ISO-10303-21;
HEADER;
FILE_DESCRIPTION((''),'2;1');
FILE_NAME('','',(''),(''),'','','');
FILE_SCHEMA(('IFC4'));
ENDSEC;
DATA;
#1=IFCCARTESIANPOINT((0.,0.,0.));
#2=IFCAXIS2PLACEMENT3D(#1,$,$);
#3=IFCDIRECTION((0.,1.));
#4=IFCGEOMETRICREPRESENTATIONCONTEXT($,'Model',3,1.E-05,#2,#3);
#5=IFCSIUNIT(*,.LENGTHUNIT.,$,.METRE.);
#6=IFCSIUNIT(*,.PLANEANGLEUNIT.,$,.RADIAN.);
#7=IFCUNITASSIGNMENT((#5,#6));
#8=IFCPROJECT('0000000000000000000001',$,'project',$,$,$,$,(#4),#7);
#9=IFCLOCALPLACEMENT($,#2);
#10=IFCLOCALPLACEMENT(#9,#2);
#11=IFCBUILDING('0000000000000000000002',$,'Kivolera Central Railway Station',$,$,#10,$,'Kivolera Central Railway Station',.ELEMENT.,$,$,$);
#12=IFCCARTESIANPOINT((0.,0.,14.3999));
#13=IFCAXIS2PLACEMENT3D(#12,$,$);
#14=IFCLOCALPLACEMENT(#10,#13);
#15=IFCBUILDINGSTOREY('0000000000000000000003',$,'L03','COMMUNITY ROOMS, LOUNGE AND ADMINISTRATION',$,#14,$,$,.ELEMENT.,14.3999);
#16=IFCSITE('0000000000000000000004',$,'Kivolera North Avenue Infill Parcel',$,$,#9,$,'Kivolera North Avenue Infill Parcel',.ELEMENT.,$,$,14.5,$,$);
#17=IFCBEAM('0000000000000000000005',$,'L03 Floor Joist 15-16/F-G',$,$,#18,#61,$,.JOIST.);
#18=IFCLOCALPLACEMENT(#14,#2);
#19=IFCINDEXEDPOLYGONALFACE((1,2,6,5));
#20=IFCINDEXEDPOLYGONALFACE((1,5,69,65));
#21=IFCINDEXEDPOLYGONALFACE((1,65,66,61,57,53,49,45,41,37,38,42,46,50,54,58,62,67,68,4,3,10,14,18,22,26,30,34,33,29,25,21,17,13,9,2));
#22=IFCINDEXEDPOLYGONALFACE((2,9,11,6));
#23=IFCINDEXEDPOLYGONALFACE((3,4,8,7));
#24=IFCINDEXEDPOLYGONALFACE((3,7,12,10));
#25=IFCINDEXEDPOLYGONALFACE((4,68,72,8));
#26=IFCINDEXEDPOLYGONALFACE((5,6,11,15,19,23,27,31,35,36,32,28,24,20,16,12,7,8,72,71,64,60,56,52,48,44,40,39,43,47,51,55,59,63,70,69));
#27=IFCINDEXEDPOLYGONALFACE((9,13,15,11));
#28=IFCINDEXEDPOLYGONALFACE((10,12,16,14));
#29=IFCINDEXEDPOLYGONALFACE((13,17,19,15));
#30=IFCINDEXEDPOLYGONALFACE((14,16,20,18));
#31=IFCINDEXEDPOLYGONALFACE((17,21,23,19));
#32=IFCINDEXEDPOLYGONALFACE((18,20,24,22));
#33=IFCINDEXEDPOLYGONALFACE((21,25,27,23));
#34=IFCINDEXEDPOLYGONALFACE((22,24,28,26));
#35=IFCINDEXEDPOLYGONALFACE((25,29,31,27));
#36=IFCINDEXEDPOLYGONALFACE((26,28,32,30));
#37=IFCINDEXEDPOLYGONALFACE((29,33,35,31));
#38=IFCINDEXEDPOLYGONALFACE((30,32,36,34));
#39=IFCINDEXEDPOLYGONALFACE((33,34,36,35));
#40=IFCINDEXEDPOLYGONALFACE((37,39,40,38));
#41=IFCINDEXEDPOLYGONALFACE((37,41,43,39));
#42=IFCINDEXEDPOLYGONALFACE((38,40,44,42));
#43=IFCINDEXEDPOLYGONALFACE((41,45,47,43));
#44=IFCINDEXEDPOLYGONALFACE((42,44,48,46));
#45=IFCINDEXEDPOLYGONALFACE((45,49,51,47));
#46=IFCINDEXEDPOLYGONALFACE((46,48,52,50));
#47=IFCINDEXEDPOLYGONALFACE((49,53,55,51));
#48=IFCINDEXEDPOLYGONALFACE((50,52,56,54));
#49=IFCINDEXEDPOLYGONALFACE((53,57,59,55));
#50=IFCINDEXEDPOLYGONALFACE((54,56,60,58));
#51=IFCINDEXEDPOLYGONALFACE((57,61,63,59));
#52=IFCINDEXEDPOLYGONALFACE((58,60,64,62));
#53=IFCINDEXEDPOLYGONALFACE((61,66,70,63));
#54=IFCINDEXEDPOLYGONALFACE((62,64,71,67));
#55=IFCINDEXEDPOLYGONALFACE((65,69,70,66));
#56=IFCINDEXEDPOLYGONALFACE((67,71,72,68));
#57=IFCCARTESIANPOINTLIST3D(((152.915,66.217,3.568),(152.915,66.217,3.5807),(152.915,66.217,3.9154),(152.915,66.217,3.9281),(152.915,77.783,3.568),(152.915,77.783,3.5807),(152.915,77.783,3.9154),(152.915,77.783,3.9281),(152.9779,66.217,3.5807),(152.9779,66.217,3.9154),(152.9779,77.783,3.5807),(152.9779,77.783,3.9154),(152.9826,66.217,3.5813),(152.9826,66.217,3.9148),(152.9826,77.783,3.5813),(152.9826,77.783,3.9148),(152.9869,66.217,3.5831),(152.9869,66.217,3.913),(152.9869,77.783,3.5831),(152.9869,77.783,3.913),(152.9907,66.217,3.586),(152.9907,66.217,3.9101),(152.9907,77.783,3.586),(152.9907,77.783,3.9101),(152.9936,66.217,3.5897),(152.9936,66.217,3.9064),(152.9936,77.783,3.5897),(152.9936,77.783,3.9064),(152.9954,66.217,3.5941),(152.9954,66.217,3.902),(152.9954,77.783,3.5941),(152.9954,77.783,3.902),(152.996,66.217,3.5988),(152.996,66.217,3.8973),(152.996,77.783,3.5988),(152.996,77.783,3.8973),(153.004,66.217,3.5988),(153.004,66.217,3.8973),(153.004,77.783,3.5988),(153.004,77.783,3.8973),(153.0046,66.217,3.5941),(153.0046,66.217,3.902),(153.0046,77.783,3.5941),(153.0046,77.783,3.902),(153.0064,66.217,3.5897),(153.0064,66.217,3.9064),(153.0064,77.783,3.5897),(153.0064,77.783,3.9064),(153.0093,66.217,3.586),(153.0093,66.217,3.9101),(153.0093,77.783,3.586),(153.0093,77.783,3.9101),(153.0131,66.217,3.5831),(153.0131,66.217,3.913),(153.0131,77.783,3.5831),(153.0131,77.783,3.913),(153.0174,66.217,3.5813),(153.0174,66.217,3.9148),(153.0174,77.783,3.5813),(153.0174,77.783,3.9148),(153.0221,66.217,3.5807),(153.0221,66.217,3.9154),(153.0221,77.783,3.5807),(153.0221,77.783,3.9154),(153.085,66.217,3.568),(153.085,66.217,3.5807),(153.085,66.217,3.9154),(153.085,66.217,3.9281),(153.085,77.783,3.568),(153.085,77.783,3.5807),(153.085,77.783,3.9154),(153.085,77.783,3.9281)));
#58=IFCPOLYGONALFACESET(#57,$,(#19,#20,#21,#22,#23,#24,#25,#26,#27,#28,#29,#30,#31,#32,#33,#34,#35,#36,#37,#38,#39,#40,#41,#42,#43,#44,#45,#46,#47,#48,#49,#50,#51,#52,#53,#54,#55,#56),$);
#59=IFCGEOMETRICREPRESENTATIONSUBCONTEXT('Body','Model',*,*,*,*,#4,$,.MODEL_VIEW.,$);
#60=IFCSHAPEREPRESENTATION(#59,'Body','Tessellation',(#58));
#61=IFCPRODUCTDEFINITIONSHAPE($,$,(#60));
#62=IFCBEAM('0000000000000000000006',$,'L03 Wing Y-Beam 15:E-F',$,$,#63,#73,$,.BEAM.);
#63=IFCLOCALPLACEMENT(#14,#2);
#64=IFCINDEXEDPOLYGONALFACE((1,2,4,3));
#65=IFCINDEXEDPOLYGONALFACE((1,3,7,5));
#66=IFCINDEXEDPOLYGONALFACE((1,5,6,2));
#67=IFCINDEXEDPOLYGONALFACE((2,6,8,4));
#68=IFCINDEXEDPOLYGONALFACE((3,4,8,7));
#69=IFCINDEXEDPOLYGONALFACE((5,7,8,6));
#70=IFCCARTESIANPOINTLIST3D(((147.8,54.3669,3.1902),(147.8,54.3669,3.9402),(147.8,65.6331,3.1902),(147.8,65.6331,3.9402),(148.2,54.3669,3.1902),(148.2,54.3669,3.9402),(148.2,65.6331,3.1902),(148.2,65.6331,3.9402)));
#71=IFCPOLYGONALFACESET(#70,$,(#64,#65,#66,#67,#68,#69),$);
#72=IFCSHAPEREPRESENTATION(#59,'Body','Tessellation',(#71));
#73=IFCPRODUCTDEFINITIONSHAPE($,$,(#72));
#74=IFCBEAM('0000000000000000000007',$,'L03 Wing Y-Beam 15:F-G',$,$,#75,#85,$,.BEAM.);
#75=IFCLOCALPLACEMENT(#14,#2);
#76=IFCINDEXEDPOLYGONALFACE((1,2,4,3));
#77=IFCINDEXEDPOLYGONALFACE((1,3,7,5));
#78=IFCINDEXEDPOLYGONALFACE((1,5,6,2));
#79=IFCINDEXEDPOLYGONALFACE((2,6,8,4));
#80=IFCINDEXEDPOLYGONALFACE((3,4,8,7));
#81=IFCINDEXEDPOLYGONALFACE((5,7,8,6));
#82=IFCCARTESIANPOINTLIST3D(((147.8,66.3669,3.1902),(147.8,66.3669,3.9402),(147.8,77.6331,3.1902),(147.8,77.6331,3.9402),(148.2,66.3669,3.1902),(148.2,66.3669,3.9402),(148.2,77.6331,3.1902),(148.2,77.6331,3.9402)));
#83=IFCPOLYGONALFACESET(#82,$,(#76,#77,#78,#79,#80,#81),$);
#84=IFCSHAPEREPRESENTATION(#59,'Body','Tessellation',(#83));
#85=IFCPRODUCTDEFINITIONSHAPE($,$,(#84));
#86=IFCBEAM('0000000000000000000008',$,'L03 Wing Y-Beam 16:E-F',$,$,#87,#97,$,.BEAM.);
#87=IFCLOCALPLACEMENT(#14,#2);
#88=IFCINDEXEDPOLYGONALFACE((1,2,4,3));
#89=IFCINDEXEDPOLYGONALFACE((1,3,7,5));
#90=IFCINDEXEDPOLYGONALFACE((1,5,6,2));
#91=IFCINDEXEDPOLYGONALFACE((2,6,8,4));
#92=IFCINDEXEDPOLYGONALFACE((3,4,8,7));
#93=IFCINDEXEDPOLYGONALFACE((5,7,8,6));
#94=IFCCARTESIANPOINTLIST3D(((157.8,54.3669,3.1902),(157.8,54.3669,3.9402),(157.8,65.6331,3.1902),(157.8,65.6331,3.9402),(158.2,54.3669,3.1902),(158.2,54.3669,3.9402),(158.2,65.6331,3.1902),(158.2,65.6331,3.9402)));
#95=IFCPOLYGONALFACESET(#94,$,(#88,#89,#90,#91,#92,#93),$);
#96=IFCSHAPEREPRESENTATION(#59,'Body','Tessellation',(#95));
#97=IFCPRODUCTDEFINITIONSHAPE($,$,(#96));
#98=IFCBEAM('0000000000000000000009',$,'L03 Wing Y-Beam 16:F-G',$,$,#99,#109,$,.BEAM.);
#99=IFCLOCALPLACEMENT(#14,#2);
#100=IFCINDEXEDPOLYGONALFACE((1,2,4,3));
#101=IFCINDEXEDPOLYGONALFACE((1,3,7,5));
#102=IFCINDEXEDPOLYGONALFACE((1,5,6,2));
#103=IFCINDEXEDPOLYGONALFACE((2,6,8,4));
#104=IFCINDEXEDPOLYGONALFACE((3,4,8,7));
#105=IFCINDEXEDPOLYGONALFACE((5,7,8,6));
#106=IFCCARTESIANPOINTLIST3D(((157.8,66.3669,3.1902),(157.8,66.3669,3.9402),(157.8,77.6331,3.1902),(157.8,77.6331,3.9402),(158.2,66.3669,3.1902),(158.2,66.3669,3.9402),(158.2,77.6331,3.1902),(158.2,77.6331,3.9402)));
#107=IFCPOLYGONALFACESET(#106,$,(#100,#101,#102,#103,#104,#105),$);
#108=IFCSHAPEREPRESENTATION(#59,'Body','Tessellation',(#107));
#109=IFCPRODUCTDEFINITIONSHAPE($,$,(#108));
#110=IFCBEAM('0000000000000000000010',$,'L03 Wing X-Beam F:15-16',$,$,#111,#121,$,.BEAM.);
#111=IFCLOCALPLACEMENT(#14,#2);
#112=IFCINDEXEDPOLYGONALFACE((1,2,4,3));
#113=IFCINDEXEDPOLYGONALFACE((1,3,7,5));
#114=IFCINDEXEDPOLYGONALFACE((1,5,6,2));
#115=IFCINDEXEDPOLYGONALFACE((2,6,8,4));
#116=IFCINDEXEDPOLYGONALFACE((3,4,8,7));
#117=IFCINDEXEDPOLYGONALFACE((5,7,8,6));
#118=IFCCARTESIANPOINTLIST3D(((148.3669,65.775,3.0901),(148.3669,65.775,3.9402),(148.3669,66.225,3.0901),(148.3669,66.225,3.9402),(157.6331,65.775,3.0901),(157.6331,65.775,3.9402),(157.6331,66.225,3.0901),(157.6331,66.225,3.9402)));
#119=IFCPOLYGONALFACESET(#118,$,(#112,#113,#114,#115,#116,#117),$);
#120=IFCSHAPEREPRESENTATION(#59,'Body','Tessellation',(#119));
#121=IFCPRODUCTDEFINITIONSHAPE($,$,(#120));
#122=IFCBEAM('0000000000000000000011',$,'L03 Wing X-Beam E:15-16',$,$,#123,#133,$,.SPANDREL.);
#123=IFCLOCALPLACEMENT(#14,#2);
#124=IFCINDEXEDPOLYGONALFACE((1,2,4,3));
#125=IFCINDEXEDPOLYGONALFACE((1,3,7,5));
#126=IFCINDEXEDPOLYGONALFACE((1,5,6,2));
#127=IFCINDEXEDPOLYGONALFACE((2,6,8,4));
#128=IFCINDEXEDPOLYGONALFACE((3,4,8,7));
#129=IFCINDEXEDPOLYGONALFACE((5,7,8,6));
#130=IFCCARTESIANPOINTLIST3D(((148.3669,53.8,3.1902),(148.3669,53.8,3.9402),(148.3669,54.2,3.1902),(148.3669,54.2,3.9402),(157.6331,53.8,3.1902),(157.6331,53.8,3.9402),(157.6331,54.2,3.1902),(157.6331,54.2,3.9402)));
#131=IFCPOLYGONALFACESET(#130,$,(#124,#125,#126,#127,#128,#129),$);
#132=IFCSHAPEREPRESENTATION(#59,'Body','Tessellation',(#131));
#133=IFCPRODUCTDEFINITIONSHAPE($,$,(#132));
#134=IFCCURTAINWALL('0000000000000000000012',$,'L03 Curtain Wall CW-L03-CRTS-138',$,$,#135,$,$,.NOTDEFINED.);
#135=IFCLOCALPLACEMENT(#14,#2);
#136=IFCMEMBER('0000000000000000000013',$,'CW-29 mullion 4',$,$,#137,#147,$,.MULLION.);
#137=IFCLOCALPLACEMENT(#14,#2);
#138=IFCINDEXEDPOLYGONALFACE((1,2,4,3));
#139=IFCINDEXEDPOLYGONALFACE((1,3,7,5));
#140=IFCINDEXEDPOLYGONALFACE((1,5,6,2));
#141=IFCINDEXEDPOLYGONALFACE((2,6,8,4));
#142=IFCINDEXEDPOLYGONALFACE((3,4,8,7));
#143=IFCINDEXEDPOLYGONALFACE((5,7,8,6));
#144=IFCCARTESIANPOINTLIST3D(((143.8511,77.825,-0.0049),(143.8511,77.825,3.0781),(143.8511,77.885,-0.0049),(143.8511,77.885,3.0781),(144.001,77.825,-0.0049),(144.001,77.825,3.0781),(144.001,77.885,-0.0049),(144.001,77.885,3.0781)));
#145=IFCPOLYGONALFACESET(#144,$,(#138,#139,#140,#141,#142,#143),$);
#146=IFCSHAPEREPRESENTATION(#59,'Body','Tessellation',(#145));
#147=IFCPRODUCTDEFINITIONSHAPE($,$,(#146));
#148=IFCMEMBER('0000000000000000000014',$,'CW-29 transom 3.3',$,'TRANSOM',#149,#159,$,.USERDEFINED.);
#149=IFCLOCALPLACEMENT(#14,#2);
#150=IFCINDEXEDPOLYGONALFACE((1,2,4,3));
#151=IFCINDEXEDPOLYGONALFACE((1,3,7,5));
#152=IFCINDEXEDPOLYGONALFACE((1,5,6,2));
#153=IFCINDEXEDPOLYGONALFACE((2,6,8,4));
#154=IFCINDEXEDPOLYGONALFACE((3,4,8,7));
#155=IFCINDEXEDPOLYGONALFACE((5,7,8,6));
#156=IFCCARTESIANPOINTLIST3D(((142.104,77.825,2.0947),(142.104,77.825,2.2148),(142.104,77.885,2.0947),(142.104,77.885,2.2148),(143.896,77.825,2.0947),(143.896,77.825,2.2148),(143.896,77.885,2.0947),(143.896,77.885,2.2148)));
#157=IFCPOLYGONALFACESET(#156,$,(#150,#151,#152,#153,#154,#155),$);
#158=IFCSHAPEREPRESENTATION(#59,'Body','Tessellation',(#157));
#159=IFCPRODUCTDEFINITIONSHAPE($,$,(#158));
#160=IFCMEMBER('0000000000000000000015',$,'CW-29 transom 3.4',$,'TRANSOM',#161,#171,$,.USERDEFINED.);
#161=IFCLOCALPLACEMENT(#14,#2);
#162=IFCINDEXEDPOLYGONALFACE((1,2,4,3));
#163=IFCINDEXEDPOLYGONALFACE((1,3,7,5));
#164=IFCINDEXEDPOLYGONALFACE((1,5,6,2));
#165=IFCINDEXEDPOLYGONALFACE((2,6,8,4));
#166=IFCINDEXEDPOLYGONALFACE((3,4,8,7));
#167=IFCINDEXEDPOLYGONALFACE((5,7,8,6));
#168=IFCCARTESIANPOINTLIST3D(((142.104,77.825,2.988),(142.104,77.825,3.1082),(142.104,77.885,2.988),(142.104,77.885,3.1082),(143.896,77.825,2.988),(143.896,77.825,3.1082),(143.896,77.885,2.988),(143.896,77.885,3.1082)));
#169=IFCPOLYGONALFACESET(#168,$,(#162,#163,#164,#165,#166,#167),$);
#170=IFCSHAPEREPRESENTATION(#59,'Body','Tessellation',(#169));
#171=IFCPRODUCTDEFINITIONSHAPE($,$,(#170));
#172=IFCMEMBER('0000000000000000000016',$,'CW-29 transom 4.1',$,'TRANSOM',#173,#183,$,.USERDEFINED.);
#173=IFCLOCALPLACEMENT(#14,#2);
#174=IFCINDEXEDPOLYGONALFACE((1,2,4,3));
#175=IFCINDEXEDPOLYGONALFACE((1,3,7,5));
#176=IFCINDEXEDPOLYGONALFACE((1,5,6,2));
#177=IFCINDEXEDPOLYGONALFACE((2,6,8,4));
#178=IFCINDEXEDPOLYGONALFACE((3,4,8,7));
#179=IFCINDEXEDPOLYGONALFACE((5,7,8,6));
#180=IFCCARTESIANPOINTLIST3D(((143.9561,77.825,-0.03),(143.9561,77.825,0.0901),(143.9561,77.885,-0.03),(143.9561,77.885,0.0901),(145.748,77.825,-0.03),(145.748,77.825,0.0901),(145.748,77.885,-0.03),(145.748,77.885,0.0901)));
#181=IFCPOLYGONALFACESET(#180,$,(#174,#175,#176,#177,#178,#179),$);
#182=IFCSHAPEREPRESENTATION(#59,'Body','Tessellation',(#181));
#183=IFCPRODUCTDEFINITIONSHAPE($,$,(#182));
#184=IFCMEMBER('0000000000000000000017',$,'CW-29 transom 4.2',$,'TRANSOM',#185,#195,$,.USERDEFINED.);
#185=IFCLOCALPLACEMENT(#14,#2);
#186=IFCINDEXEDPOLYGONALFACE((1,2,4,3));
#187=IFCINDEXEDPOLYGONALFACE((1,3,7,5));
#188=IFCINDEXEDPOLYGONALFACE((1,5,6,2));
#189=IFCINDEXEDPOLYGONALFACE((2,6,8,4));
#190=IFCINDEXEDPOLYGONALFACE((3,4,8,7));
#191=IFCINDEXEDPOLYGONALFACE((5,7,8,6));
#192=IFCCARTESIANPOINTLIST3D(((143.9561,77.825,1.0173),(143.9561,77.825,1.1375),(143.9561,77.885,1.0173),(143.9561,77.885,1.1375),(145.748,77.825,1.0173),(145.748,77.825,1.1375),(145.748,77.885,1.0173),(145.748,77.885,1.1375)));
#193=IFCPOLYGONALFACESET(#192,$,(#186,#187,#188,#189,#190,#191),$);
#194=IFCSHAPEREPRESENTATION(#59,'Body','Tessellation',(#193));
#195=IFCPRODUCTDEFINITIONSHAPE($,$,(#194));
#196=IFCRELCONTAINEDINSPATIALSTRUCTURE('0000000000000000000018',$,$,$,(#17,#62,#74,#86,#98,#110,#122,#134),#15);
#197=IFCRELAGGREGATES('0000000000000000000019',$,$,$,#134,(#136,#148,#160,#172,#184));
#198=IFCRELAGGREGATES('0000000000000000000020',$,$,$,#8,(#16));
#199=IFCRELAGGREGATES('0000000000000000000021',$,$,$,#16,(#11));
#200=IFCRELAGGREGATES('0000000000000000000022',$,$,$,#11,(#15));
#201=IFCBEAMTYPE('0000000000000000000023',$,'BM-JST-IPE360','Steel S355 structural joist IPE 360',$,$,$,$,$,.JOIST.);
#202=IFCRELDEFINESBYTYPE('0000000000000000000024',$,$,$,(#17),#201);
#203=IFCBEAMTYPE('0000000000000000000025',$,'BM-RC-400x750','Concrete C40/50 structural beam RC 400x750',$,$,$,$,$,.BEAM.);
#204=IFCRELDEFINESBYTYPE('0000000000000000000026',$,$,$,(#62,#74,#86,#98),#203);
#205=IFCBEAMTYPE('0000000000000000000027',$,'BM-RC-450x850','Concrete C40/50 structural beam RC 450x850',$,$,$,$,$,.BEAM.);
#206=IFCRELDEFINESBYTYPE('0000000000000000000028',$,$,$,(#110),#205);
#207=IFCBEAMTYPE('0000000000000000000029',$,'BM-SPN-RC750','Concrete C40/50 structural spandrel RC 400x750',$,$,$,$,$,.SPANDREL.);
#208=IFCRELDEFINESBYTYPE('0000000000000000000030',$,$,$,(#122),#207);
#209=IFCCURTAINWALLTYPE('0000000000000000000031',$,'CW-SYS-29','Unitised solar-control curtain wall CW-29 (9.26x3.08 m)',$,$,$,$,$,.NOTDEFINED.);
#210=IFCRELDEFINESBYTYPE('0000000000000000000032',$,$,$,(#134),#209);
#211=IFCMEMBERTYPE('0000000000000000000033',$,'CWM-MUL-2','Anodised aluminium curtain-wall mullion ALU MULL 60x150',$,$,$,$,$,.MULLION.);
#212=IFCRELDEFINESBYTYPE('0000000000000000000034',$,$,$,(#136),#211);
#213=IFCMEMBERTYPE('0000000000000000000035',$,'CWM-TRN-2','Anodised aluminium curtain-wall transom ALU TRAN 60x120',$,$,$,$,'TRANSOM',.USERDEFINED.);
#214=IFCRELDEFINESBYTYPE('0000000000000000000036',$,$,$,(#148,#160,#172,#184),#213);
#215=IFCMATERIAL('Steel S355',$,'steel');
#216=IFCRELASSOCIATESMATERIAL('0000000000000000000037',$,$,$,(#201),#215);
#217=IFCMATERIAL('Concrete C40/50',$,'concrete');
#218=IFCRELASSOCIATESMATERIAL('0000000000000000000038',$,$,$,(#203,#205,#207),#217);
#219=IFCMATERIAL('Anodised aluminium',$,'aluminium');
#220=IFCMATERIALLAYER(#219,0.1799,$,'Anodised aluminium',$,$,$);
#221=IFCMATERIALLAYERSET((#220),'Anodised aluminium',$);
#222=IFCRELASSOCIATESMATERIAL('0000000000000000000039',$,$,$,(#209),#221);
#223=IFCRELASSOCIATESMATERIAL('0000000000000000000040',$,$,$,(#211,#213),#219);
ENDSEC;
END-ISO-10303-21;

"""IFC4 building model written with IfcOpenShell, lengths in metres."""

from ifc_helpers import new_model, si_unit, direction, frame, origin, origin_2d, place, context, subcontext, project, spatial, rectangle, i_section, extrude, material, layer, layer_set, material_profile, profile_set, type_object, element, aggregate, save


model = new_model("IFC4")

# Units and contexts
model_context = context("Model", 3, precision=1e-05, world=origin(), true_north=direction((0.0, 1.0)))
body_context = subcontext(model_context, "Body", "Model", "MODEL_VIEW")
ifc_project = project(units=[si_unit("LENGTHUNIT", "METRE"), si_unit("PLANEANGLEUNIT", "RADIAN")], contexts=[model_context])

# Site, building, storey
site_placement = place(None, origin())
site = spatial("IfcSite", under=ifc_project, at=site_placement, Name="Kivolera North Avenue Infill Parcel", LongName="Kivolera North Avenue Infill Parcel", CompositionType="ELEMENT", RefElevation=14.5)
building_placement = place(site_placement, origin())
building = spatial("IfcBuilding", under=site, at=building_placement, Name="Kivolera Central Railway Station", LongName="Kivolera Central Railway Station", CompositionType="ELEMENT")
storey_placement = place(building_placement, frame((0.0, 0.0, 14.3999)))
storey = spatial("IfcBuildingStorey", under=building, at=storey_placement, Name="L03", Description="COMMUNITY ROOMS, LOUNGE AND ADMINISTRATION", CompositionType="ELEMENT", Elevation=14.3999)

# Shared definitions
ifc_material_1 = material(Name="Concrete C40/50", Category="concrete")

# Beams
ifc_material_2 = material(Name="Steel S355", Category="steel")
ifc_material_profile_1 = material_profile(ifc_material_2, i_section(OverallWidth=0.1699, OverallDepth=0.3601, WebThickness=0.0081, FlangeThickness=0.0127, FilletRadius=0.0181, at=origin_2d()), Name="IPE 360")
ifc_profile_set_1 = profile_set([ifc_material_profile_1], Name="Steel S355")
beam_type_1 = type_object("IfcBeamType", Name="BM-JST-IPE360", Description="Steel S355 structural joist IPE 360", PredefinedType="JOIST", material=ifc_profile_set_1)
beam_1_placement = place(storey_placement, frame((153.0, 66.217, 3.748), z_axis=(0.0, 1.0, 0.0), x_axis=(-1.0, 0.0, 0.0)))
element("IfcBeam", 1, at=beam_1_placement, inside=storey, type_object=beam_type_1, Name="L03 Floor Joist 15-16/F-G", PredefinedType="JOIST", context=body_context, shape_type="SweptSolid", body=[
    extrude(i_section(OverallWidth=0.1699, OverallDepth=0.3601, WebThickness=0.0081, FlangeThickness=0.0127, FilletRadius=0.0181, at=origin_2d()), origin(), (0.0, 0.0, 1.0), 11.5659),
])
ifc_material_profile_2 = material_profile(ifc_material_1, rectangle(XDim=0.3999, YDim=0.75, at=origin_2d()), Name="RC 400x750")
ifc_profile_set_2 = profile_set([ifc_material_profile_2], Name="Concrete C40/50")
beam_type_2 = type_object("IfcBeamType", Name="BM-RC-400x750", Description="Concrete C40/50 structural beam RC 400x750", PredefinedType="BEAM", material=ifc_profile_set_2)
for number, where, z_axis, x_axis, name in (
    (2, (148.0, 54.3669, 3.5652), (0.0, 1.0, 0.0), (-1.0, 0.0, 0.0), "L03 Wing Y-Beam 15:E-F"),
    (3, (148.0, 66.3669, 3.5652), (0.0, 1.0, 0.0), (-1.0, 0.0, 0.0), "L03 Wing Y-Beam 15:F-G"),
    (4, (158.0, 54.3669, 3.5652), (0.0, 1.0, 0.0), (-1.0, 0.0, 0.0), "L03 Wing Y-Beam 16:E-F"),
    (5, (158.0, 66.3669, 3.5652), (0.0, 1.0, 0.0), (-1.0, 0.0, 0.0), "L03 Wing Y-Beam 16:F-G"),
):
    element("IfcBeam", number, at=place(storey_placement, frame(where, z_axis=z_axis, x_axis=x_axis)), inside=storey, type_object=beam_type_2, Name=name, PredefinedType="BEAM", context=body_context, shape_type="SweptSolid", body=[
        extrude(rectangle(XDim=0.3999, YDim=0.75, at=origin_2d()), origin(), (0.0, 0.0, 1.0), 11.2661),
    ])
ifc_material_profile_3 = material_profile(ifc_material_1, rectangle(XDim=0.45, YDim=0.8501, at=origin_2d()), Name="RC 450x850")
ifc_profile_set_3 = profile_set([ifc_material_profile_3], Name="Concrete C40/50")
beam_type_3 = type_object("IfcBeamType", Name="BM-RC-450x850", Description="Concrete C40/50 structural beam RC 450x850", PredefinedType="BEAM", material=ifc_profile_set_3)
beam_2_placement = place(storey_placement, frame((148.3669, 66.0, 3.5151), z_axis=(1.0, 0.0, 0.0), x_axis=(0.0, 1.0, 0.0)))
element("IfcBeam", 6, at=beam_2_placement, inside=storey, type_object=beam_type_3, Name="L03 Wing X-Beam F:15-16", PredefinedType="BEAM", context=body_context, shape_type="SweptSolid", body=[
    extrude(rectangle(XDim=0.45, YDim=0.8501, at=origin_2d()), origin(), (0.0, 0.0, 1.0), 9.2661),
])
ifc_material_profile_4 = material_profile(ifc_material_1, rectangle(XDim=0.3999, YDim=0.75, at=origin_2d()), Name="RC 400x750")
ifc_profile_set_4 = profile_set([ifc_material_profile_4], Name="Concrete C40/50")
beam_type_4 = type_object("IfcBeamType", Name="BM-SPN-RC750", Description="Concrete C40/50 structural spandrel RC 400x750", PredefinedType="SPANDREL", material=ifc_profile_set_4)
beam_3_placement = place(storey_placement, frame((148.3669, 54.0, 3.5652), z_axis=(1.0, 0.0, 0.0), x_axis=(0.0, 1.0, 0.0)))
element("IfcBeam", 7, at=beam_3_placement, inside=storey, type_object=beam_type_4, Name="L03 Wing X-Beam E:15-16", PredefinedType="SPANDREL", context=body_context, shape_type="SweptSolid", body=[
    extrude(rectangle(XDim=0.3999, YDim=0.75, at=origin_2d()), origin(), (0.0, 0.0, 1.0), 9.2661),
])

# Curtain wall, members
ifc_material_3 = material(Name="Anodised aluminium", Category="aluminium")
ifc_layer_1 = layer(ifc_material_3, 0.1799, Name="Anodised aluminium")
ifc_layer_set_1 = layer_set([ifc_layer_1], Name="Anodised aluminium")
curtain_wall_type = type_object("IfcCurtainWallType", Name="CW-SYS-29", Description="Unitised solar-control curtain wall CW-29 (9.26x3.08 m)", PredefinedType="NOTDEFINED", material=ifc_layer_set_1)
curtain_wall_placement = place(storey_placement, origin())
curtain_wall = element("IfcCurtainWall", 8, at=curtain_wall_placement, inside=storey, type_object=curtain_wall_type, Name="L03 Curtain Wall CW-L03-CRTS-138", PredefinedType="NOTDEFINED")
ifc_material_profile_5 = material_profile(ifc_material_3, rectangle(XDim=0.0601, YDim=0.1499, at=origin_2d()), Name="ALU MULL 60x150")
ifc_profile_set_5 = profile_set([ifc_material_profile_5], Name="Anodised aluminium")
member_type_1 = type_object("IfcMemberType", Name="CWM-MUL-2", Description="Anodised aluminium curtain-wall mullion ALU MULL 60x150", PredefinedType="MULLION", material=ifc_profile_set_5)
member_1_placement = place(storey_placement, frame((143.926, 77.855, -0.0049), z_axis=(0.0, 0.0, 1.0), x_axis=(0.0, 1.0, 0.0)))
member_1 = element("IfcMember", 9, at=member_1_placement, type_object=member_type_1, Name="CW-29 mullion 4", PredefinedType="MULLION", context=body_context, shape_type="SweptSolid", body=[
    extrude(rectangle(XDim=0.0601, YDim=0.1499, at=origin_2d()), origin(), (0.0, 0.0, 1.0), 3.083),
])
ifc_material_profile_6 = material_profile(ifc_material_3, rectangle(XDim=0.0601, YDim=0.1201, at=origin_2d()), Name="ALU TRAN 60x120")
ifc_profile_set_6 = profile_set([ifc_material_profile_6], Name="Anodised aluminium")
member_type_2 = type_object("IfcMemberType", Name="CWM-TRN-2", Description="Anodised aluminium curtain-wall transom ALU TRAN 60x120", ElementType="TRANSOM", PredefinedType="USERDEFINED", material=ifc_profile_set_6)
member_2_placement = place(storey_placement, frame((142.104, 77.855, 2.1548), z_axis=(1.0, 0.0, 0.0), x_axis=(0.0, 1.0, 0.0)))
member_2 = element("IfcMember", 10, at=member_2_placement, type_object=member_type_2, Name="CW-29 transom 3.3", ObjectType="TRANSOM", PredefinedType="USERDEFINED", context=body_context, shape_type="SweptSolid", body=[
    extrude(rectangle(XDim=0.0601, YDim=0.1201, at=origin_2d()), origin(), (0.0, 0.0, 1.0), 1.792),
])
member_3_placement = place(storey_placement, frame((142.104, 77.855, 3.0481), z_axis=(1.0, 0.0, 0.0), x_axis=(0.0, 1.0, 0.0)))
member_3 = element("IfcMember", 11, at=member_3_placement, type_object=member_type_2, Name="CW-29 transom 3.4", ObjectType="TRANSOM", PredefinedType="USERDEFINED", context=body_context, shape_type="SweptSolid", body=[
    extrude(rectangle(XDim=0.0601, YDim=0.1201, at=origin_2d()), origin(), (0.0, 0.0, 1.0), 1.792),
])
member_4_placement = place(storey_placement, frame((143.9561, 77.855, 0.03), z_axis=(1.0, 0.0, 0.0), x_axis=(0.0, 1.0, 0.0)))
member_4 = element("IfcMember", 12, at=member_4_placement, type_object=member_type_2, Name="CW-29 transom 4.1", ObjectType="TRANSOM", PredefinedType="USERDEFINED", context=body_context, shape_type="SweptSolid", body=[
    extrude(rectangle(XDim=0.0601, YDim=0.1201, at=origin_2d()), origin(), (0.0, 0.0, 1.0), 1.792),
])
member_5_placement = place(storey_placement, frame((143.9561, 77.855, 1.0774), z_axis=(1.0, 0.0, 0.0), x_axis=(0.0, 1.0, 0.0)))
member_5 = element("IfcMember", 13, at=member_5_placement, type_object=member_type_2, Name="CW-29 transom 4.2", ObjectType="TRANSOM", PredefinedType="USERDEFINED", context=body_context, shape_type="SweptSolid", body=[
    extrude(rectangle(XDim=0.0601, YDim=0.1201, at=origin_2d()), origin(), (0.0, 0.0, 1.0), 1.792),
])
aggregate(curtain_wall, [member_1, member_2, member_3, member_4, member_5])

save(model, "model.ifc")
